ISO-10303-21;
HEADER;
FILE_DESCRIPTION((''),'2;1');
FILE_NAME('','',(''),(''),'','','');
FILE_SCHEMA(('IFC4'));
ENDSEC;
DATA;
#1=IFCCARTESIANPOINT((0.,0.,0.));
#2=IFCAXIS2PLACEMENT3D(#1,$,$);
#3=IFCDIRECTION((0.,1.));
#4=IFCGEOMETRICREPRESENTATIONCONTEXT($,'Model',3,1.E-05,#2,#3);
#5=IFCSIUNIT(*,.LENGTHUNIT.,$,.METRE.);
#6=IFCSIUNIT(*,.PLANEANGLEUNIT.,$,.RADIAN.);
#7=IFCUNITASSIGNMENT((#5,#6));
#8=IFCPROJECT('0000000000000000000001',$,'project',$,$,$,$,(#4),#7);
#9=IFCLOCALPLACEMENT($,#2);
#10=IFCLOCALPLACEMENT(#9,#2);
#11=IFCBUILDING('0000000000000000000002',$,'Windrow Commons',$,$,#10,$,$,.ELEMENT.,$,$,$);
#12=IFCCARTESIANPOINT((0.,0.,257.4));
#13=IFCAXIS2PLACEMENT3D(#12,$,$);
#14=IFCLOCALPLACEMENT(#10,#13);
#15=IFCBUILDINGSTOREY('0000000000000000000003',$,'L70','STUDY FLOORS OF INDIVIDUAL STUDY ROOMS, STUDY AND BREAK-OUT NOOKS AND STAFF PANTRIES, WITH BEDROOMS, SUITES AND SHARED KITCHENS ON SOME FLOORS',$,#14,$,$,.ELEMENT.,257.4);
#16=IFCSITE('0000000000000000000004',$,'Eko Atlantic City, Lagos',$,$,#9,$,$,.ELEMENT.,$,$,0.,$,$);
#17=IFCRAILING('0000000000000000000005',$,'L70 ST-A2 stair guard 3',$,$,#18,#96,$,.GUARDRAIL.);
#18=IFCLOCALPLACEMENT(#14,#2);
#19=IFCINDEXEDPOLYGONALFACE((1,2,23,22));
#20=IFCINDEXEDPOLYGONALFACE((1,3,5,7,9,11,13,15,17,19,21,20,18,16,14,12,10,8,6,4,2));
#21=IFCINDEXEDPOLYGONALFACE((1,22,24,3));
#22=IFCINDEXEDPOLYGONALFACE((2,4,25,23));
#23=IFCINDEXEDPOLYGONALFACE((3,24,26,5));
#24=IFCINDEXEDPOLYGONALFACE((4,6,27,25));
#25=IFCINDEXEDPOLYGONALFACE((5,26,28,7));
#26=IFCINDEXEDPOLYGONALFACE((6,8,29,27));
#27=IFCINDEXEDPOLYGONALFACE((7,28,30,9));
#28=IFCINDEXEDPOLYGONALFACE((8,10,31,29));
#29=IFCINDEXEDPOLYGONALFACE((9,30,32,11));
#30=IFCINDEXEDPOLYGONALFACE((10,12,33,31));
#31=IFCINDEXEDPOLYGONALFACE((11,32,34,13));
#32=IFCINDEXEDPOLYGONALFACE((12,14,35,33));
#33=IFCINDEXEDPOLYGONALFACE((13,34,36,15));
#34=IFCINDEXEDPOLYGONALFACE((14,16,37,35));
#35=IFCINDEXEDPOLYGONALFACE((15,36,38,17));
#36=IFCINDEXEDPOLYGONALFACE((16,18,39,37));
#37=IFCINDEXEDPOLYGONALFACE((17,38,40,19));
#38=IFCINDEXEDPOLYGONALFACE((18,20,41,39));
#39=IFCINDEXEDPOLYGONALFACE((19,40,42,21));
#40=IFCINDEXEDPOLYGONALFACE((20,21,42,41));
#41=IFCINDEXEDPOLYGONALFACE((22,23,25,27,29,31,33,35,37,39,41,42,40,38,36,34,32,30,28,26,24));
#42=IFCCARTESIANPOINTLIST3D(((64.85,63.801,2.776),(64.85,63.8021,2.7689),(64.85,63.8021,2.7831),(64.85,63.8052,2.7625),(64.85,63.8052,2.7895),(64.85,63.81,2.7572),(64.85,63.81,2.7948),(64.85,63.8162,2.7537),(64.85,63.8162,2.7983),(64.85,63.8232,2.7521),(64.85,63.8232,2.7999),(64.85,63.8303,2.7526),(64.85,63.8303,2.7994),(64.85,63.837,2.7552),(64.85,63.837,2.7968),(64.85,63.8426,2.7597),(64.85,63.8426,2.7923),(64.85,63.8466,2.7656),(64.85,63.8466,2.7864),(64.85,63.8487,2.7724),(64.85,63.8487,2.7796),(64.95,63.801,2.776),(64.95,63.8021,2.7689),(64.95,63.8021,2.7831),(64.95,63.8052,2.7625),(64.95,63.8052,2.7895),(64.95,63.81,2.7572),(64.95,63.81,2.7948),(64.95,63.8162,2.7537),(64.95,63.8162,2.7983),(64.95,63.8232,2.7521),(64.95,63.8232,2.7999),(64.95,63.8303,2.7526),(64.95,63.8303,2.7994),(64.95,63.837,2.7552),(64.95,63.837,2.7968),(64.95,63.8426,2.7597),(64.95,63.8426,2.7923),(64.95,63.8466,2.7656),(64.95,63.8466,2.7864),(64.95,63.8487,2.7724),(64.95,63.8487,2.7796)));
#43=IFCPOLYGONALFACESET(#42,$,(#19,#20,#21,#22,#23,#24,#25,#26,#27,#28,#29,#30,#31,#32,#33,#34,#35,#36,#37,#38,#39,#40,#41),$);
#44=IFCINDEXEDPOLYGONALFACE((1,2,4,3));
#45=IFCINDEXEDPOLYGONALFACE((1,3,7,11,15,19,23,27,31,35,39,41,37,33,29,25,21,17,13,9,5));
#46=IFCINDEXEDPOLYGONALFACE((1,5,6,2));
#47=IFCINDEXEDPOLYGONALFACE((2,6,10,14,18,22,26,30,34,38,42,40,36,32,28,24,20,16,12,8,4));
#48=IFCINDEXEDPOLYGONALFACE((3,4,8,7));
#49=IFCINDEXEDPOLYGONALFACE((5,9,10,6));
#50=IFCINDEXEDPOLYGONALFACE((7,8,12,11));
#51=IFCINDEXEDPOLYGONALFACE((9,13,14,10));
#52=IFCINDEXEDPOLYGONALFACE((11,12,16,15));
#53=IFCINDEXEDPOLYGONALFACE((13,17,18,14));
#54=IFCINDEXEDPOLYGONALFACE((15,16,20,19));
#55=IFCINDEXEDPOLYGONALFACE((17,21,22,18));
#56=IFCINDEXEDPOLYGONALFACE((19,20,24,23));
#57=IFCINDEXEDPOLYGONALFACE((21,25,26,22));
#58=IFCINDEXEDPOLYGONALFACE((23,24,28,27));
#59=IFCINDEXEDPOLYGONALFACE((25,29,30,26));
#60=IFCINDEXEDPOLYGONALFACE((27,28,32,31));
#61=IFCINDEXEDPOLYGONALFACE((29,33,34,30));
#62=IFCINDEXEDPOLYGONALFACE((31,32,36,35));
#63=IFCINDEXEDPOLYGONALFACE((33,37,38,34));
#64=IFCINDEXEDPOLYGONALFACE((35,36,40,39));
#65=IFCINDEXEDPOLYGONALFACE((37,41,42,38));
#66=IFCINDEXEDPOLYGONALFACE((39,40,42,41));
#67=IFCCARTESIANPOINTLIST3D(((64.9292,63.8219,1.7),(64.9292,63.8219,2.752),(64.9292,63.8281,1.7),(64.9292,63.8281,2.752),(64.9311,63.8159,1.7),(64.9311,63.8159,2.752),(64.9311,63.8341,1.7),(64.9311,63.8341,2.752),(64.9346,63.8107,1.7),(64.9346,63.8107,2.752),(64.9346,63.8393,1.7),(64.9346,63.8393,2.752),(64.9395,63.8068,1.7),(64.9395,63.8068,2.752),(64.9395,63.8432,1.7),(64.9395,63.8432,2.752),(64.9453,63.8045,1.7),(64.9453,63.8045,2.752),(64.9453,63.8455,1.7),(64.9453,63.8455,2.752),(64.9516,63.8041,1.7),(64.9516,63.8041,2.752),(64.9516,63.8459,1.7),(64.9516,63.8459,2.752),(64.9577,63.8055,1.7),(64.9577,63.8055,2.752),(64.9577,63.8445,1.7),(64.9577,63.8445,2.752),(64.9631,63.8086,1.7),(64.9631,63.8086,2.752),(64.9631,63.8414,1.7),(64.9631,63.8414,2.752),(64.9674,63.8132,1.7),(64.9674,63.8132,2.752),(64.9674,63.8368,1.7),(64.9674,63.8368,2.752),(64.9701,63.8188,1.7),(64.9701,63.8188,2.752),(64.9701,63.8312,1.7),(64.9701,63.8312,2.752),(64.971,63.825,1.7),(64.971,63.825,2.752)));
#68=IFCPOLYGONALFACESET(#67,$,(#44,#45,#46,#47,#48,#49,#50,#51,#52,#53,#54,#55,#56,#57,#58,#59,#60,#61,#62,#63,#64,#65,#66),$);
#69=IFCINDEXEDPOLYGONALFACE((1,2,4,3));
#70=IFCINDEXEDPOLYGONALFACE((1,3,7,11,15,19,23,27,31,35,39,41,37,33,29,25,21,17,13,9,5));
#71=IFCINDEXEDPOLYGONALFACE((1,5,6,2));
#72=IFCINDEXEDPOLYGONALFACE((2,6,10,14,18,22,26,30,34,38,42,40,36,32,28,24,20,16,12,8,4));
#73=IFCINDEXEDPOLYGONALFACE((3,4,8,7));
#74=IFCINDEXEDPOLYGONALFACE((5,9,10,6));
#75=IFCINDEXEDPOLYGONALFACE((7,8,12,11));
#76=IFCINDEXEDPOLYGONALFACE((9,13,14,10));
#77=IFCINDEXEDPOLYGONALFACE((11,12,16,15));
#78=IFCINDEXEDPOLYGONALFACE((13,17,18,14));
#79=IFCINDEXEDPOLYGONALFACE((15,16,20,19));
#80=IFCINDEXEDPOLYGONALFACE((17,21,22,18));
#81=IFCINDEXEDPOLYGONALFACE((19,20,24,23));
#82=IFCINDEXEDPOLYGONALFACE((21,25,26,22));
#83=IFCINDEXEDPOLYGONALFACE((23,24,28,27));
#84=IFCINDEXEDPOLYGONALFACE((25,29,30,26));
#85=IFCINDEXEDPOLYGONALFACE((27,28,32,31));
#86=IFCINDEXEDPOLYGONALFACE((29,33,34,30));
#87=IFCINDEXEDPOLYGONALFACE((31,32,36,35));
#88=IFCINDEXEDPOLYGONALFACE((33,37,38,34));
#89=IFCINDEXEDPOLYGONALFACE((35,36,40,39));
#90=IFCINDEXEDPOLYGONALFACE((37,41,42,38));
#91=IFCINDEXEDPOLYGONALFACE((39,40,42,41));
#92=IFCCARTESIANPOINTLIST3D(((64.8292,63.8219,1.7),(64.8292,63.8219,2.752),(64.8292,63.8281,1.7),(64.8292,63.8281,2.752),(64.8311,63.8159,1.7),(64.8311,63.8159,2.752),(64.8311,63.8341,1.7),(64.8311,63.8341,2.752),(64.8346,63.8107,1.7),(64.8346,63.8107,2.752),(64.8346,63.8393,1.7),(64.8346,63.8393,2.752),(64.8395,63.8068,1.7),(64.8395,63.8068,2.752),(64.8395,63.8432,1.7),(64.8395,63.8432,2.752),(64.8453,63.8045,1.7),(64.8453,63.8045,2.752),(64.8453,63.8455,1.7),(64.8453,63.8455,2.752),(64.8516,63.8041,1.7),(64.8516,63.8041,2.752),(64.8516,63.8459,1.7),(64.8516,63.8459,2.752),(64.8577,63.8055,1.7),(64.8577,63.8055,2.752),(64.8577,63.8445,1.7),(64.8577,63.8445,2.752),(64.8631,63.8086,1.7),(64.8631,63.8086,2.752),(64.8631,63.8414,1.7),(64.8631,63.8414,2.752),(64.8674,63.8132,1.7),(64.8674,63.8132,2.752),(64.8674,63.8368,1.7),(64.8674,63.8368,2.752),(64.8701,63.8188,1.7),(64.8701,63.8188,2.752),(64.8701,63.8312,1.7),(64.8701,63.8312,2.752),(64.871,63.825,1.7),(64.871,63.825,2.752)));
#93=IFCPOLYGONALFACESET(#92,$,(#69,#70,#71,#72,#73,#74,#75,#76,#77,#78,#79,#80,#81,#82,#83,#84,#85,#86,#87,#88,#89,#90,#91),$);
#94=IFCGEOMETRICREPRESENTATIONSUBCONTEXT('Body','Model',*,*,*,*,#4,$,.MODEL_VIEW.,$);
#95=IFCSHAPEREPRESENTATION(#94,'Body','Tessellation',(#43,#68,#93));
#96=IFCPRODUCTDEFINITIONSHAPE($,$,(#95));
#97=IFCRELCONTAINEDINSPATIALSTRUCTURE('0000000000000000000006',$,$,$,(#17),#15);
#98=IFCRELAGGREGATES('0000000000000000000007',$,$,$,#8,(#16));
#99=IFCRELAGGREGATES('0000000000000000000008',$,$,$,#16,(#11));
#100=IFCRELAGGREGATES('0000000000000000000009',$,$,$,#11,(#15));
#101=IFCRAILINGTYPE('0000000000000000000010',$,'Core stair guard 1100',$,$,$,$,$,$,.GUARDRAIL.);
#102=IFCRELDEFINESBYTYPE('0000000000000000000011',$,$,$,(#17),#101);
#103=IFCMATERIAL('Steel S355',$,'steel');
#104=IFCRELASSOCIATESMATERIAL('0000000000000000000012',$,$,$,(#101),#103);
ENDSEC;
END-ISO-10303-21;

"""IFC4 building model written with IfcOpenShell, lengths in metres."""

from ifc_helpers import new_model, si_unit, direction, frame, origin, origin_2d, place, context, subcontext, project, spatial, circle, extrude, material, type_object, element, save


model = new_model("IFC4")

# Units and contexts
model_context = context("Model", 3, precision=1e-05, world=origin(), true_north=direction((0.0, 1.0)))
body_context = subcontext(model_context, "Body", "Model", "MODEL_VIEW")
ifc_project = project(units=[si_unit("LENGTHUNIT", "METRE"), si_unit("PLANEANGLEUNIT", "RADIAN")], contexts=[model_context])

# Site, building, storey
site_placement = place(None, origin())
site = spatial("IfcSite", under=ifc_project, at=site_placement, Name="Eko Atlantic City, Lagos", CompositionType="ELEMENT", RefElevation=0.0)
building_placement = place(site_placement, origin())
building = spatial("IfcBuilding", under=site, at=building_placement, Name="Windrow Commons", CompositionType="ELEMENT")
storey_placement = place(building_placement, frame((0.0, 0.0, 257.4)))
storey = spatial("IfcBuildingStorey", under=building, at=storey_placement, Name="L70", Description="STUDY FLOORS OF INDIVIDUAL STUDY ROOMS, STUDY AND BREAK-OUT NOOKS AND STAFF PANTRIES, WITH BEDROOMS, SUITES AND SHARED KITCHENS ON SOME FLOORS", CompositionType="ELEMENT", Elevation=257.4)

# Railing
ifc_material_1 = material(Name="Steel S355", Category="steel")
railing_type_1 = type_object("IfcRailingType", Name="Core stair guard 1100", PredefinedType="GUARDRAIL", material=ifc_material_1)
railing_1_placement = place(storey_placement, frame((64.95, 63.825, 1.7)))
element("IfcRailing", 1, at=railing_1_placement, inside=storey, type_object=railing_type_1, Name="L70 ST-A2 stair guard 3", PredefinedType="GUARDRAIL", context=body_context, shape_type="SweptSolid", body=[
    extrude(circle(Radius=0.024, at=origin_2d()), frame((0.0, 0.0, 1.076), z_axis=(-1.0, 0.0, 0.0), x_axis=(0.0, -1.0, 0.0)), (0.0, 0.0, 1.0), 0.1),
    extrude(circle(Radius=0.021, at=origin_2d()), origin(), (0.0, 0.0, 1.0), 1.052),
    extrude(circle(Radius=0.021, at=origin_2d()), frame((-0.1, 0.0, 0.0)), (0.0, 0.0, 1.0), 1.052),
])

save(model, "model.ifc")
